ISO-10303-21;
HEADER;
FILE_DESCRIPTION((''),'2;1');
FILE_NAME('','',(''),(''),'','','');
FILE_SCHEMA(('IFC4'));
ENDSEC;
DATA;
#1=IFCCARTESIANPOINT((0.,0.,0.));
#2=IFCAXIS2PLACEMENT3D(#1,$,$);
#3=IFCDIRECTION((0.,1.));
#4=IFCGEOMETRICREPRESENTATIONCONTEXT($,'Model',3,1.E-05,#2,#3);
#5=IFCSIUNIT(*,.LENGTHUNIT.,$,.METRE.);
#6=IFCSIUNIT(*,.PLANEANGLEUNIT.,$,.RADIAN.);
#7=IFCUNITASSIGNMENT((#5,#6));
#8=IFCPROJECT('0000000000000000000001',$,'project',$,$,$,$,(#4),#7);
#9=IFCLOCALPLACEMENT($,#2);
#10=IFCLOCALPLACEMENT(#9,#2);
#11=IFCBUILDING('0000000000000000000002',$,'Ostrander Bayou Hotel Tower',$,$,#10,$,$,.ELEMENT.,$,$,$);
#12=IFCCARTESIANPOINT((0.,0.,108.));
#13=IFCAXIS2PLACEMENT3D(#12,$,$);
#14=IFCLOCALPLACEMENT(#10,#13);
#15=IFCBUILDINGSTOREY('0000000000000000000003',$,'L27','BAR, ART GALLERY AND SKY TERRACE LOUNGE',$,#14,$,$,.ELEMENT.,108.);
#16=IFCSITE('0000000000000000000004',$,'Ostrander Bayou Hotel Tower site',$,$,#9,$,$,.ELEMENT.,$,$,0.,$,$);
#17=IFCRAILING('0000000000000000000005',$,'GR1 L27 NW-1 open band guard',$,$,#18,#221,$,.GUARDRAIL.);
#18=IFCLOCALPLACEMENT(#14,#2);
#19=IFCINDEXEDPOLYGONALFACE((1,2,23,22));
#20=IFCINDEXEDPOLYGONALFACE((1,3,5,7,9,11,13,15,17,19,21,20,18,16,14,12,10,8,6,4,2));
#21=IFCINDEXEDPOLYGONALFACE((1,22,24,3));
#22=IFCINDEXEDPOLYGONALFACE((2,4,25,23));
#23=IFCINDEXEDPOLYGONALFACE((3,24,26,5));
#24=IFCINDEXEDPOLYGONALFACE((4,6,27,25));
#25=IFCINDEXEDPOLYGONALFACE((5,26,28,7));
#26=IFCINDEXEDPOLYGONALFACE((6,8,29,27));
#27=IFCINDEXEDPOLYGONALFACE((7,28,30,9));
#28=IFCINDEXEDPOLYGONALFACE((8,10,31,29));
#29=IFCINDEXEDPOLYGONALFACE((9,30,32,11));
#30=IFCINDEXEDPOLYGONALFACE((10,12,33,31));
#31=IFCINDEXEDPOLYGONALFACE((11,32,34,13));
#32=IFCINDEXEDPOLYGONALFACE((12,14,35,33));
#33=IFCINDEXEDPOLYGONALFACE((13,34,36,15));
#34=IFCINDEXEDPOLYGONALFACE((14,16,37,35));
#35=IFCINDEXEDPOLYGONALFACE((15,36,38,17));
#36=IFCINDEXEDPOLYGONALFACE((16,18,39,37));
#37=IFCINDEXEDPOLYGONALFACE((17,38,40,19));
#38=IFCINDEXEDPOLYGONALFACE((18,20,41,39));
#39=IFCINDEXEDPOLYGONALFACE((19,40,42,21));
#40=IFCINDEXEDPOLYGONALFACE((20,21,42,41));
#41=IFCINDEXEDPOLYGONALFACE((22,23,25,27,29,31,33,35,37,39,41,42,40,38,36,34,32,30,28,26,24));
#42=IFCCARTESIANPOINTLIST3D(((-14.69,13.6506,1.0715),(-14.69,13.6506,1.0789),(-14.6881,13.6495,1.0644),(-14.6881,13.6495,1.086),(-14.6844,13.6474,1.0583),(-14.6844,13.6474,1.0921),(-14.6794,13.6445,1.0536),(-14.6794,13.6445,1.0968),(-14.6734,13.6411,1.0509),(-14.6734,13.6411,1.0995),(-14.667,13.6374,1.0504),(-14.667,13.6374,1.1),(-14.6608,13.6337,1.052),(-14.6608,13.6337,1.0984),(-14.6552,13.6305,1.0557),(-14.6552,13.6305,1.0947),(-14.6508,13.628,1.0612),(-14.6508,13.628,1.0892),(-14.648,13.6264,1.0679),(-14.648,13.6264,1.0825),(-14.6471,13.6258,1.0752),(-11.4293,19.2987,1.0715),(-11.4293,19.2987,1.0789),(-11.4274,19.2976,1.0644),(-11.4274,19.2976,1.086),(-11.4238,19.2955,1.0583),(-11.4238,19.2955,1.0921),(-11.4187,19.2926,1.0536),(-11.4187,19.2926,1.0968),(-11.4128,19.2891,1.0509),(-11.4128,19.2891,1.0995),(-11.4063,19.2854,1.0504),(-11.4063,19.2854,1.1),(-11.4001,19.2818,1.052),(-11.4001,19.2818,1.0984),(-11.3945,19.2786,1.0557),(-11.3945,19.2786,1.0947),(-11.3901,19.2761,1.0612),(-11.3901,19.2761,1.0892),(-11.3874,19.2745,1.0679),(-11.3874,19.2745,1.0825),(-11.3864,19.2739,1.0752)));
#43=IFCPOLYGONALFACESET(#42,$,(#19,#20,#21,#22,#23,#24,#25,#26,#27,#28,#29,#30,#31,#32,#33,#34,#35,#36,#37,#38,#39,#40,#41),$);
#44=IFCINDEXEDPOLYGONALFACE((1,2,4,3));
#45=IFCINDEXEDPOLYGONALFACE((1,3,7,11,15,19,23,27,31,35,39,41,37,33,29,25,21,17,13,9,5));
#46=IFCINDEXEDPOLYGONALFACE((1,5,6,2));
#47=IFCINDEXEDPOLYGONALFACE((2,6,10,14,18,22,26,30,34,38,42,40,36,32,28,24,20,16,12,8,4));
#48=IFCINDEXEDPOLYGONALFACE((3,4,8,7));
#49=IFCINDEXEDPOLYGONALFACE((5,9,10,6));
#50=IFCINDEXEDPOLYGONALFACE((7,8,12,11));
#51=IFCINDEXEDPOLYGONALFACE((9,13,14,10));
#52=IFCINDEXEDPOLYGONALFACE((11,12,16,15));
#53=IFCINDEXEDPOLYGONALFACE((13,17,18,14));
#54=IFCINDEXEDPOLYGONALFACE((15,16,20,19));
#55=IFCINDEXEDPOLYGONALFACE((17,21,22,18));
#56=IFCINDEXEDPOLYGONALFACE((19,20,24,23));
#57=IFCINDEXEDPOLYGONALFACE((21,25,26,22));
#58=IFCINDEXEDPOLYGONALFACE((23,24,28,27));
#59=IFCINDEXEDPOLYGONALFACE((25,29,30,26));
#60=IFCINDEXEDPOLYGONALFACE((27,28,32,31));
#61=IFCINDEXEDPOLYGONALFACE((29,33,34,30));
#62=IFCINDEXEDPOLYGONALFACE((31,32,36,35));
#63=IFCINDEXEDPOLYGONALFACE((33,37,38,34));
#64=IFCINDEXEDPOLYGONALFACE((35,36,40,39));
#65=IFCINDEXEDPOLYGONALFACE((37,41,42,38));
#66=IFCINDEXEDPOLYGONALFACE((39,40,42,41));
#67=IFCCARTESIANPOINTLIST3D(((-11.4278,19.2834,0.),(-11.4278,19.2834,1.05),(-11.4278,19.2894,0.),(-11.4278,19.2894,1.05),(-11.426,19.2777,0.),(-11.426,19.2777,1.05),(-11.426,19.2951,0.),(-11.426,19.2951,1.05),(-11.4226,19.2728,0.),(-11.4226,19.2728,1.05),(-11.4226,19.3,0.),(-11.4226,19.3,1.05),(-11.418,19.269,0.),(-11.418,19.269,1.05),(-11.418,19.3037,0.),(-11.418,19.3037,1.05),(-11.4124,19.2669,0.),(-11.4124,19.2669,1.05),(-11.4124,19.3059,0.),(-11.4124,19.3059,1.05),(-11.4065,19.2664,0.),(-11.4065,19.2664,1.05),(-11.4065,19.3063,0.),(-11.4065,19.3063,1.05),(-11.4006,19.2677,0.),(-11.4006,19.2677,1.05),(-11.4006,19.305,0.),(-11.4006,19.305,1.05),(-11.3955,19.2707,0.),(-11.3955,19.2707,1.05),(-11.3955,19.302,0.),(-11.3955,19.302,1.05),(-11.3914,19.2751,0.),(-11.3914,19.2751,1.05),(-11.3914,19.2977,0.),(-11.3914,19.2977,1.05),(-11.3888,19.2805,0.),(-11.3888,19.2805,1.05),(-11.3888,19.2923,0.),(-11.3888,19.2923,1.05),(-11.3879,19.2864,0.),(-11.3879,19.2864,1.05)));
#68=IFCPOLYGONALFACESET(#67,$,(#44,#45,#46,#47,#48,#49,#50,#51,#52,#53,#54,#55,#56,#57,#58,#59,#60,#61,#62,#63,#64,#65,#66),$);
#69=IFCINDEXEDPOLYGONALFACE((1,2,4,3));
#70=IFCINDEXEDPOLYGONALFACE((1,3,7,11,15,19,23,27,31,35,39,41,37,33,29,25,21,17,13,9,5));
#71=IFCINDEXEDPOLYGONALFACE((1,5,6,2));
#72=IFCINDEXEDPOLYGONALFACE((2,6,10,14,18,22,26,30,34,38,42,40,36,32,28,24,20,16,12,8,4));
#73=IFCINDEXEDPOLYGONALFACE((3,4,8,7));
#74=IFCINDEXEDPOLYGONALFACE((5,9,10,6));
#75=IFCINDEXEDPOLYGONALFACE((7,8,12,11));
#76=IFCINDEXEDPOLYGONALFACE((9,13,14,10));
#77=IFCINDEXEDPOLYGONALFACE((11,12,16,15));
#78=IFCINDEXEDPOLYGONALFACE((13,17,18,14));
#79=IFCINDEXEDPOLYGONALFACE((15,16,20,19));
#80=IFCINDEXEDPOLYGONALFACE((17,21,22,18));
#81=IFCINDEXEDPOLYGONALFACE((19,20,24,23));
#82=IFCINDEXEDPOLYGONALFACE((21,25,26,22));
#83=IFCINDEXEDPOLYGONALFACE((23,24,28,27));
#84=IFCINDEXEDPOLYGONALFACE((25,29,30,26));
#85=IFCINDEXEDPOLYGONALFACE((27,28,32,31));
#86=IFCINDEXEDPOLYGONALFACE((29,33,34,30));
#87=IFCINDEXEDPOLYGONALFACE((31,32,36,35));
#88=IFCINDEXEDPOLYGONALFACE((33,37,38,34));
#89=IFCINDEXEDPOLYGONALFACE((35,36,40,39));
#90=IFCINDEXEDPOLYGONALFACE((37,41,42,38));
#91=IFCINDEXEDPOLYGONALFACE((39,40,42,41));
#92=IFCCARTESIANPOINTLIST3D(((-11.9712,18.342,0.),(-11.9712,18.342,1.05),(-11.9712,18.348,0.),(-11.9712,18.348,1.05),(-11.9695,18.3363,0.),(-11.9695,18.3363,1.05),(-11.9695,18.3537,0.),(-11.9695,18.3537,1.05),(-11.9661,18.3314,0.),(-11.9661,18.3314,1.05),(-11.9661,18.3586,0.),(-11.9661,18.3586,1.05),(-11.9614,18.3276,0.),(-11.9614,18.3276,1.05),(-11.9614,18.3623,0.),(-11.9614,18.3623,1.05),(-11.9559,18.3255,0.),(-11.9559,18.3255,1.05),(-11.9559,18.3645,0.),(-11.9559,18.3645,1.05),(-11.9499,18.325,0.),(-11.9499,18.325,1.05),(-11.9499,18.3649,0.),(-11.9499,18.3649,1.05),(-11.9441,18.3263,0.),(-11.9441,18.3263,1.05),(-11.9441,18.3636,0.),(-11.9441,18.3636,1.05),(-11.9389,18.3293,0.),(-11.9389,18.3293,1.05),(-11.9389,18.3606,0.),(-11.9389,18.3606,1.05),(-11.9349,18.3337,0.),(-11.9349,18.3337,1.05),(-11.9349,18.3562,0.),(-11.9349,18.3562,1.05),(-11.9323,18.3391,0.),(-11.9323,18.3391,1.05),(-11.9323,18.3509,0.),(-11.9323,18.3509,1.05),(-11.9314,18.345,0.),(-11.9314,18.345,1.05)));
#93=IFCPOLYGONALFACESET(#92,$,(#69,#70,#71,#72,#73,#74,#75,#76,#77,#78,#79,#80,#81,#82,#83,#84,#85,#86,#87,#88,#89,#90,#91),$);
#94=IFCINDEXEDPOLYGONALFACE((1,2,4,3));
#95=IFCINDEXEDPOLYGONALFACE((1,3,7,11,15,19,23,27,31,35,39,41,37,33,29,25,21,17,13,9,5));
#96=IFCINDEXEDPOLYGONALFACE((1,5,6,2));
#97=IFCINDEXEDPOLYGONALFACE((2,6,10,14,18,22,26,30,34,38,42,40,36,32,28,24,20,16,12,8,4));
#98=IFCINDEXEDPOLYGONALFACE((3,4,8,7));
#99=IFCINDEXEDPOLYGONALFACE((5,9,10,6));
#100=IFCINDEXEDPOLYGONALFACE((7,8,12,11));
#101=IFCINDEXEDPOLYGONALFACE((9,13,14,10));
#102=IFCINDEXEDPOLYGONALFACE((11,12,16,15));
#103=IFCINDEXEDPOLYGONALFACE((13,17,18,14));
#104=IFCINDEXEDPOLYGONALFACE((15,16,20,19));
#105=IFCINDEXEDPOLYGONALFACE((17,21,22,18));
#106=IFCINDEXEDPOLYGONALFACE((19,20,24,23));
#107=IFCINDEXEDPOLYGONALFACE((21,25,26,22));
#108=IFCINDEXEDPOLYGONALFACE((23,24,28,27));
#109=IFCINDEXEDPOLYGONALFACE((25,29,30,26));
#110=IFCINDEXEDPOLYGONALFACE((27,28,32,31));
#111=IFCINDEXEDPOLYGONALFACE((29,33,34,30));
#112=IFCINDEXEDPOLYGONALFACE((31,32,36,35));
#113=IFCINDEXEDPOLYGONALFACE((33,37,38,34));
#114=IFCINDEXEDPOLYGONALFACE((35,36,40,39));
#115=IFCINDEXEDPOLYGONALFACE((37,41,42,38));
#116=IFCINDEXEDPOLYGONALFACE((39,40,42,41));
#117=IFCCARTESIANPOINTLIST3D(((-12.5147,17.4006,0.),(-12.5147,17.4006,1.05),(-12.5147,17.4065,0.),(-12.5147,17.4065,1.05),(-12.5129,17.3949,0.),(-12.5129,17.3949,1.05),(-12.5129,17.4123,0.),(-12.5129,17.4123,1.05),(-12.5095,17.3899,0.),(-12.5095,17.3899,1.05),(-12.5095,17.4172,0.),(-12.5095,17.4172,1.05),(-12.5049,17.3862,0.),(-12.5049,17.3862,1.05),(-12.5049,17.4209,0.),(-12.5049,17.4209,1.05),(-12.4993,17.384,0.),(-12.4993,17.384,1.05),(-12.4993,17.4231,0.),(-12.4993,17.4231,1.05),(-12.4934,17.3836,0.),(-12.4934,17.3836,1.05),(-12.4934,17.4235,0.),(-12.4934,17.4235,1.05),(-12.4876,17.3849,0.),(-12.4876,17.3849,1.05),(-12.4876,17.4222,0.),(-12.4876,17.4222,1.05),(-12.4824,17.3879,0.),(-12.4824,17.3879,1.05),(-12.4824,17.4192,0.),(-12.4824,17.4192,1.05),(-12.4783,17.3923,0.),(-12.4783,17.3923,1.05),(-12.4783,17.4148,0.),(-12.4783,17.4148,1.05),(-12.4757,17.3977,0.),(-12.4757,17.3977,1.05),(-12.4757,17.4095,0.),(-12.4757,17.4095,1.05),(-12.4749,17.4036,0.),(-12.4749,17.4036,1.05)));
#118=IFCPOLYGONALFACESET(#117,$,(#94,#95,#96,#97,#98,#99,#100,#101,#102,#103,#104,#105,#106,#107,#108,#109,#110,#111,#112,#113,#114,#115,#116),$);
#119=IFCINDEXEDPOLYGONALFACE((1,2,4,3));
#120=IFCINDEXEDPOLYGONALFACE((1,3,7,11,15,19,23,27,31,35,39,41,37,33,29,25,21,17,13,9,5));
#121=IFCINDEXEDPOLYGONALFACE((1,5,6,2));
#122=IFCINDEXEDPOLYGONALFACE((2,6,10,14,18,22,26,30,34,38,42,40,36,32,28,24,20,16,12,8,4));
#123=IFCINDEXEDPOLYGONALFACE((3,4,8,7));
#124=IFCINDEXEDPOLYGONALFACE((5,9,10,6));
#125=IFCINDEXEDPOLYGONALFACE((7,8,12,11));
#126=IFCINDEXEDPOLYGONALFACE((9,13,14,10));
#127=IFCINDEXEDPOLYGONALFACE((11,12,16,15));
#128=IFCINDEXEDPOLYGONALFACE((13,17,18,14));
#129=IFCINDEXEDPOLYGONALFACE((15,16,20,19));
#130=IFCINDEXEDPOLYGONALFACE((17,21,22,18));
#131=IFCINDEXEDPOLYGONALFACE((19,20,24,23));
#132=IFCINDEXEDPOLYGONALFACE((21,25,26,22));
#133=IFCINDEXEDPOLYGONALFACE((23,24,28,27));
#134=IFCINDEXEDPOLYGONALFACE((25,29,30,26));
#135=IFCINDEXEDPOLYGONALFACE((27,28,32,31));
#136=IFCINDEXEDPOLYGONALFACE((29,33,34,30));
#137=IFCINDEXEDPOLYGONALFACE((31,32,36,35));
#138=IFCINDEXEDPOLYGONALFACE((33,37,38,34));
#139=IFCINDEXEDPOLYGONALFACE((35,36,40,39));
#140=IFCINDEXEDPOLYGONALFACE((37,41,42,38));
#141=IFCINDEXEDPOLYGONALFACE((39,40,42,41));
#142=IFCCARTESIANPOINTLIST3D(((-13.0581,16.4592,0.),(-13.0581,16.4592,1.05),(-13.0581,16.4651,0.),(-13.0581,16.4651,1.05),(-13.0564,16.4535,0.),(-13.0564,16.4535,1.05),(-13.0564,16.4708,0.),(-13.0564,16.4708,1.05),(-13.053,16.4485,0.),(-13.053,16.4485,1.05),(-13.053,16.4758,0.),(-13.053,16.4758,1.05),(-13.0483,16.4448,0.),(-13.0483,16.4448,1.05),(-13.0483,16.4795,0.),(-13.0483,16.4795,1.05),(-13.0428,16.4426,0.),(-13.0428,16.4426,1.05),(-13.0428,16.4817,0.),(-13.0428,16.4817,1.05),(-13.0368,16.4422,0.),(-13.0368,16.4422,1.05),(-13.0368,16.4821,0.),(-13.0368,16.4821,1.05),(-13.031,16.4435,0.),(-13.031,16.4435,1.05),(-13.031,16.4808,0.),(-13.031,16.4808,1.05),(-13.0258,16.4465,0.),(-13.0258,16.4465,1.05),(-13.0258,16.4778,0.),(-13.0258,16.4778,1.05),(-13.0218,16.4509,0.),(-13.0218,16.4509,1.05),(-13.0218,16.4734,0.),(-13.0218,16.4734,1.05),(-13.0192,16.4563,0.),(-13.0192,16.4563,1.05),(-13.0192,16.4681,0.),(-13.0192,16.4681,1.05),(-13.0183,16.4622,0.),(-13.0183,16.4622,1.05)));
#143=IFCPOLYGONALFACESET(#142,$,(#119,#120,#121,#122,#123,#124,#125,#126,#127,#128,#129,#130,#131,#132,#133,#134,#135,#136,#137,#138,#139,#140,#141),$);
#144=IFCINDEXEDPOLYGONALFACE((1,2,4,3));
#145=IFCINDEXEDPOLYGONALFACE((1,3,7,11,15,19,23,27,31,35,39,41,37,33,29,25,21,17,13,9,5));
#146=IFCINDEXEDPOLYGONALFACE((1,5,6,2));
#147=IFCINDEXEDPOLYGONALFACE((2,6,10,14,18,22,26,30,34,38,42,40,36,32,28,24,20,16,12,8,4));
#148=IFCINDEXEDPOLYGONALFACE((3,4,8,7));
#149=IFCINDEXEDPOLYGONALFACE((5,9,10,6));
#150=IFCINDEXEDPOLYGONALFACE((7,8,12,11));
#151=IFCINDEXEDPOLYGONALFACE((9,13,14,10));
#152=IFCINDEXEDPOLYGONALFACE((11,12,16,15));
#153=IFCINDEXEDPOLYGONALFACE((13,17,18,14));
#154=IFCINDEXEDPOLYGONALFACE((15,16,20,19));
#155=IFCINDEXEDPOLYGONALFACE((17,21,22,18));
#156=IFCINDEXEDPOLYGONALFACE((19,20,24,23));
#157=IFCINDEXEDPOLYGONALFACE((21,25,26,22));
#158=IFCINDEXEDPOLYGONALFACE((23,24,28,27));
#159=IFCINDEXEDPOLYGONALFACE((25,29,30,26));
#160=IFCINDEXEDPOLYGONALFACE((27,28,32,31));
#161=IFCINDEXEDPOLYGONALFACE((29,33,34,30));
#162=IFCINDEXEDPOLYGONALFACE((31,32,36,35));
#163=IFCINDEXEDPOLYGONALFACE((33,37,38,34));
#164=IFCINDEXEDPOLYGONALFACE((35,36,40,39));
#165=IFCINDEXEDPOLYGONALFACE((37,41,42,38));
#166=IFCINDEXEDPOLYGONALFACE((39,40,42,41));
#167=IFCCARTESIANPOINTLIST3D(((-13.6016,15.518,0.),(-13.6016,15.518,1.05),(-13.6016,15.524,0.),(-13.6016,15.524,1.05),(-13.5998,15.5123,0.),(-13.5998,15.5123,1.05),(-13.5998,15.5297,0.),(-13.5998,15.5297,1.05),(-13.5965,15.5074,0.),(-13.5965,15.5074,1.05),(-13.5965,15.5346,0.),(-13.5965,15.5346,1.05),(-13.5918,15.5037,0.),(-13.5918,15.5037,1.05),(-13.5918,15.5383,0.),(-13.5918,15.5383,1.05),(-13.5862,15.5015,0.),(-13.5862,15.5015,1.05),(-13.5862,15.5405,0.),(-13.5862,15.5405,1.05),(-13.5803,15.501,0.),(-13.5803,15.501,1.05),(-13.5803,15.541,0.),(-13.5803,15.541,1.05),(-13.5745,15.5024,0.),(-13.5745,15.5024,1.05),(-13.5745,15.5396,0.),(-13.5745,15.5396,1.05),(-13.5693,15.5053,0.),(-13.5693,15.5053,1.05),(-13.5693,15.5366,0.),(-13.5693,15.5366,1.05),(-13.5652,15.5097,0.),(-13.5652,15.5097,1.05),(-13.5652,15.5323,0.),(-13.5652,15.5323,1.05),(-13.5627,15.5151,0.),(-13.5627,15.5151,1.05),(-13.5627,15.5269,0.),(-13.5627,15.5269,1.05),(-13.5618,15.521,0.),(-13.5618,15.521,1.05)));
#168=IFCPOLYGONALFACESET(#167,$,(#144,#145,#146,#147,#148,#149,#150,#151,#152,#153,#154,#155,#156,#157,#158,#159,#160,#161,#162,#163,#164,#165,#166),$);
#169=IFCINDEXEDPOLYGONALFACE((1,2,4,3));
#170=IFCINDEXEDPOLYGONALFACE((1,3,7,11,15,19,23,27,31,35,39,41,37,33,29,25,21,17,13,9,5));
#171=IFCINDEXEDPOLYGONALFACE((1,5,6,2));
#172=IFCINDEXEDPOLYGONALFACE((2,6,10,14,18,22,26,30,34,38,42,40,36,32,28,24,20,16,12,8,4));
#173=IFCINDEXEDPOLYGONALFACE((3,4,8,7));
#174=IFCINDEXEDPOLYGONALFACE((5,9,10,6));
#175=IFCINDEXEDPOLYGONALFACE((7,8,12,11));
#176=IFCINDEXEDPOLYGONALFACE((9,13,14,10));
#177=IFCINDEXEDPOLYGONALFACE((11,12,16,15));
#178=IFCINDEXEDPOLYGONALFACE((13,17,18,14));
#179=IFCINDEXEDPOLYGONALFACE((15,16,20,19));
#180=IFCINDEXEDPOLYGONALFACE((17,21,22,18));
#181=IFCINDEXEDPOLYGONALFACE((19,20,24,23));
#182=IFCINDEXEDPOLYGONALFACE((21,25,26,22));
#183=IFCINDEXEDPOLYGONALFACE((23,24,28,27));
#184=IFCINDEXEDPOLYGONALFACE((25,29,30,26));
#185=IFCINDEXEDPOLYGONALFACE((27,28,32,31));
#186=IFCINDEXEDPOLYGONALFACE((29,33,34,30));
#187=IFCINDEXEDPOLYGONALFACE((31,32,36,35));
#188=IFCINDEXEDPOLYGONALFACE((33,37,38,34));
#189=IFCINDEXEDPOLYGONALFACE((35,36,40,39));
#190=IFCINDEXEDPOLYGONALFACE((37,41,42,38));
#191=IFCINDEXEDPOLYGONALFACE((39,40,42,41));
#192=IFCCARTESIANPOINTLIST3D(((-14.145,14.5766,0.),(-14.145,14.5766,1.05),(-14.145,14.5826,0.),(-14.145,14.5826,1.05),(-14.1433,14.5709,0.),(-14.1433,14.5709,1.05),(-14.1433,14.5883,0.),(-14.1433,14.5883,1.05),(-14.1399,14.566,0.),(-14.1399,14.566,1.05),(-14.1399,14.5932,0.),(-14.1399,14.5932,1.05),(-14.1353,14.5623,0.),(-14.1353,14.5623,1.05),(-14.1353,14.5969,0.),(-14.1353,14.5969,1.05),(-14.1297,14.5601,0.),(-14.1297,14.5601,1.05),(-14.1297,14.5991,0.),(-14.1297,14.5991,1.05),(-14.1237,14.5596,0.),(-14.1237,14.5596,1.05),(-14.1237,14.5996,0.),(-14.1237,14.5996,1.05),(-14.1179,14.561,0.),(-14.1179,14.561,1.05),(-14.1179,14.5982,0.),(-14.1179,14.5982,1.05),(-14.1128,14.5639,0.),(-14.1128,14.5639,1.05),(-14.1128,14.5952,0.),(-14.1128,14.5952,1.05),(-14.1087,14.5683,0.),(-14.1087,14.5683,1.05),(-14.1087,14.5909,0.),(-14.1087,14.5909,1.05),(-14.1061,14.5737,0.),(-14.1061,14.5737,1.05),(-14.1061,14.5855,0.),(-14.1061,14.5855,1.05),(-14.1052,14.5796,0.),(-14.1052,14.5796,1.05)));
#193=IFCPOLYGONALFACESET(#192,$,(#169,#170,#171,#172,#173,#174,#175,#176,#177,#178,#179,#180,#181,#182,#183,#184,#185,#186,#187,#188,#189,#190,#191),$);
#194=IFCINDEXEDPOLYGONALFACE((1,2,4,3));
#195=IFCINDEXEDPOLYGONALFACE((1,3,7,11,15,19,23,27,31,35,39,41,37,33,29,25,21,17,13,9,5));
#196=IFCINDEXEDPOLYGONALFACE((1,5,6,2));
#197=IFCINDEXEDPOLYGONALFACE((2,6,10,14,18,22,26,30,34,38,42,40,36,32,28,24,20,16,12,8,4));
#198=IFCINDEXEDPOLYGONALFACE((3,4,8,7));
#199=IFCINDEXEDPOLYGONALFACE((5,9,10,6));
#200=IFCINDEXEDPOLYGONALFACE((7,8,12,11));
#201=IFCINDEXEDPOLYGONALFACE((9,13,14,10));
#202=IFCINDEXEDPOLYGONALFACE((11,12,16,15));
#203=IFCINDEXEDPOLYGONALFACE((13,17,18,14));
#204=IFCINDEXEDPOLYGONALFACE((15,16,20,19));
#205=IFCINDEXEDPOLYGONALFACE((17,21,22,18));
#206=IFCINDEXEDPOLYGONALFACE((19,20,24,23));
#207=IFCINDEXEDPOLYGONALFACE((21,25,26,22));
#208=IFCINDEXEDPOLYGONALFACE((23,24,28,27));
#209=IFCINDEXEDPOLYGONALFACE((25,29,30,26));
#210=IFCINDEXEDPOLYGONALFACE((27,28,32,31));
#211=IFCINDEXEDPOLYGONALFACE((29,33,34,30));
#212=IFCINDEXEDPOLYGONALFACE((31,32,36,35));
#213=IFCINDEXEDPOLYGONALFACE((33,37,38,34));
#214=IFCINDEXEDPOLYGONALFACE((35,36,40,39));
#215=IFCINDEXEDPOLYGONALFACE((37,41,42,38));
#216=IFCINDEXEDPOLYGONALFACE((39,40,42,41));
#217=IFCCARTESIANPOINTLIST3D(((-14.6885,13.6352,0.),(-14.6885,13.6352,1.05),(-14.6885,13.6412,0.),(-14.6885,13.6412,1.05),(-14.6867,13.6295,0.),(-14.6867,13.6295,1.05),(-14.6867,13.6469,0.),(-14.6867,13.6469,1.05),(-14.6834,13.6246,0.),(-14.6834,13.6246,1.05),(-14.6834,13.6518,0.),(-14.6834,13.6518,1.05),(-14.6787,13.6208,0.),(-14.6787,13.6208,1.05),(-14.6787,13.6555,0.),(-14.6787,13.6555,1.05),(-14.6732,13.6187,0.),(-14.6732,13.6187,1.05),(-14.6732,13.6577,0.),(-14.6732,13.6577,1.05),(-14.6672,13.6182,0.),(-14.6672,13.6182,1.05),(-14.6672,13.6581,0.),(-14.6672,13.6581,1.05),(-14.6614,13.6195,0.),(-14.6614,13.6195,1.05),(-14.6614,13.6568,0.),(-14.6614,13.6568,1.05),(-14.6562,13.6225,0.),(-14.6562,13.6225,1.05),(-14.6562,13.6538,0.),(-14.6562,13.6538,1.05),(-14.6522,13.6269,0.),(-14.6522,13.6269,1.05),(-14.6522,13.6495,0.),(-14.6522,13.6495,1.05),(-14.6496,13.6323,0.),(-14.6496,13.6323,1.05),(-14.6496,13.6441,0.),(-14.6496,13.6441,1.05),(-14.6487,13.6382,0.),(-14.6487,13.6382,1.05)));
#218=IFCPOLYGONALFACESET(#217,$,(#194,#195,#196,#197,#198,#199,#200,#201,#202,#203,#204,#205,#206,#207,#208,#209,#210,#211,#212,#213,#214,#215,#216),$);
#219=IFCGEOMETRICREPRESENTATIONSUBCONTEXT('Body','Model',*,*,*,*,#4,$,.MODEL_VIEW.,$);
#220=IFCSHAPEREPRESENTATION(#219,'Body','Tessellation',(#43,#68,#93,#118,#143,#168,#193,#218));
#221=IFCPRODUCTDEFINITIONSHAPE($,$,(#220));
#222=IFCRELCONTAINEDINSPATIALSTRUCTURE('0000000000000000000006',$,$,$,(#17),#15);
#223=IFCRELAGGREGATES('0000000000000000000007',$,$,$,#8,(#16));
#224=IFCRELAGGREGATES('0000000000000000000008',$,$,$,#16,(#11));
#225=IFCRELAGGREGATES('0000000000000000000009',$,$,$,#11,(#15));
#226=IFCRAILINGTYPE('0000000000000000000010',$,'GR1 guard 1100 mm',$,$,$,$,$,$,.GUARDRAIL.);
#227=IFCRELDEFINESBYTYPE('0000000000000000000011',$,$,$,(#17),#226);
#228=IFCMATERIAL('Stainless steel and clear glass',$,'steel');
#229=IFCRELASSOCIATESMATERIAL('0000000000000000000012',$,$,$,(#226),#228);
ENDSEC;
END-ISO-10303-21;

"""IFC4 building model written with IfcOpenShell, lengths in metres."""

from ifc_helpers import new_model, si_unit, direction, frame, origin, origin_2d, place, context, subcontext, project, spatial, circle, extrude, material, type_object, element, save


model = new_model("IFC4")

# Units and contexts
model_context = context("Model", 3, precision=1e-05, world=origin(), true_north=direction((0.0, 1.0)))
body_context = subcontext(model_context, "Body", "Model", "MODEL_VIEW")
ifc_project = project(units=[si_unit("LENGTHUNIT", "METRE"), si_unit("PLANEANGLEUNIT", "RADIAN")], contexts=[model_context])

# Site, building, storey
site_placement = place(None, origin())
site = spatial("IfcSite", under=ifc_project, at=site_placement, Name="Ostrander Bayou Hotel Tower site", CompositionType="ELEMENT", RefElevation=0.0)
building_placement = place(site_placement, origin())
building = spatial("IfcBuilding", under=site, at=building_placement, Name="Ostrander Bayou Hotel Tower", CompositionType="ELEMENT")
storey_placement = place(building_placement, frame((0.0, 0.0, 108.0)))
storey = spatial("IfcBuildingStorey", under=building, at=storey_placement, Name="L27", Description="BAR, ART GALLERY AND SKY TERRACE LOUNGE", CompositionType="ELEMENT", Elevation=108.0)

# Railing
ifc_material_1 = material(Name="Stainless steel and clear glass", Category="steel")
railing_type = type_object("IfcRailingType", Name="GR1 guard 1100 mm", PredefinedType="GUARDRAIL", material=ifc_material_1)
railing_1_placement = place(storey_placement, frame((-11.408, 19.2864, 0.0)))
element("IfcRailing", 1, at=railing_1_placement, inside=storey, type_object=railing_type, Name="GR1 L27 NW-1 open band guard", PredefinedType="GUARDRAIL", context=body_context, shape_type="SweptSolid", body=[
    extrude(circle(Radius=0.0249, at=origin_2d()), frame((0.0, 0.0, 1.0752), z_axis=(-0.499972, -0.866042, 0.0), x_axis=(0.866042, -0.499972, 0.0)), (0.0, 0.0, 1.0), 6.5217),
    extrude(circle(Radius=0.02, at=origin_2d()), origin(), (0.0, 0.0, 1.0), 1.05),
    extrude(circle(Radius=0.02, at=origin_2d()), frame((-0.5435, -0.9414, 0.0)), (0.0, 0.0, 1.0), 1.05),
    extrude(circle(Radius=0.02, at=origin_2d()), frame((-1.0869, -1.8828, 0.0)), (0.0, 0.0, 1.0), 1.05),
    extrude(circle(Radius=0.02, at=origin_2d()), frame((-1.6304, -2.8242, 0.0)), (0.0, 0.0, 1.0), 1.05),
    extrude(circle(Radius=0.02, at=origin_2d()), frame((-2.1738, -3.7654, 0.0)), (0.0, 0.0, 1.0), 1.05),
    extrude(circle(Radius=0.02, at=origin_2d()), frame((-2.7173, -4.7068, 0.0)), (0.0, 0.0, 1.0), 1.05),
    extrude(circle(Radius=0.02, at=origin_2d()), frame((-3.2607, -5.6482, 0.0)), (0.0, 0.0, 1.0), 1.05),
])

save(model, "model.ifc")
